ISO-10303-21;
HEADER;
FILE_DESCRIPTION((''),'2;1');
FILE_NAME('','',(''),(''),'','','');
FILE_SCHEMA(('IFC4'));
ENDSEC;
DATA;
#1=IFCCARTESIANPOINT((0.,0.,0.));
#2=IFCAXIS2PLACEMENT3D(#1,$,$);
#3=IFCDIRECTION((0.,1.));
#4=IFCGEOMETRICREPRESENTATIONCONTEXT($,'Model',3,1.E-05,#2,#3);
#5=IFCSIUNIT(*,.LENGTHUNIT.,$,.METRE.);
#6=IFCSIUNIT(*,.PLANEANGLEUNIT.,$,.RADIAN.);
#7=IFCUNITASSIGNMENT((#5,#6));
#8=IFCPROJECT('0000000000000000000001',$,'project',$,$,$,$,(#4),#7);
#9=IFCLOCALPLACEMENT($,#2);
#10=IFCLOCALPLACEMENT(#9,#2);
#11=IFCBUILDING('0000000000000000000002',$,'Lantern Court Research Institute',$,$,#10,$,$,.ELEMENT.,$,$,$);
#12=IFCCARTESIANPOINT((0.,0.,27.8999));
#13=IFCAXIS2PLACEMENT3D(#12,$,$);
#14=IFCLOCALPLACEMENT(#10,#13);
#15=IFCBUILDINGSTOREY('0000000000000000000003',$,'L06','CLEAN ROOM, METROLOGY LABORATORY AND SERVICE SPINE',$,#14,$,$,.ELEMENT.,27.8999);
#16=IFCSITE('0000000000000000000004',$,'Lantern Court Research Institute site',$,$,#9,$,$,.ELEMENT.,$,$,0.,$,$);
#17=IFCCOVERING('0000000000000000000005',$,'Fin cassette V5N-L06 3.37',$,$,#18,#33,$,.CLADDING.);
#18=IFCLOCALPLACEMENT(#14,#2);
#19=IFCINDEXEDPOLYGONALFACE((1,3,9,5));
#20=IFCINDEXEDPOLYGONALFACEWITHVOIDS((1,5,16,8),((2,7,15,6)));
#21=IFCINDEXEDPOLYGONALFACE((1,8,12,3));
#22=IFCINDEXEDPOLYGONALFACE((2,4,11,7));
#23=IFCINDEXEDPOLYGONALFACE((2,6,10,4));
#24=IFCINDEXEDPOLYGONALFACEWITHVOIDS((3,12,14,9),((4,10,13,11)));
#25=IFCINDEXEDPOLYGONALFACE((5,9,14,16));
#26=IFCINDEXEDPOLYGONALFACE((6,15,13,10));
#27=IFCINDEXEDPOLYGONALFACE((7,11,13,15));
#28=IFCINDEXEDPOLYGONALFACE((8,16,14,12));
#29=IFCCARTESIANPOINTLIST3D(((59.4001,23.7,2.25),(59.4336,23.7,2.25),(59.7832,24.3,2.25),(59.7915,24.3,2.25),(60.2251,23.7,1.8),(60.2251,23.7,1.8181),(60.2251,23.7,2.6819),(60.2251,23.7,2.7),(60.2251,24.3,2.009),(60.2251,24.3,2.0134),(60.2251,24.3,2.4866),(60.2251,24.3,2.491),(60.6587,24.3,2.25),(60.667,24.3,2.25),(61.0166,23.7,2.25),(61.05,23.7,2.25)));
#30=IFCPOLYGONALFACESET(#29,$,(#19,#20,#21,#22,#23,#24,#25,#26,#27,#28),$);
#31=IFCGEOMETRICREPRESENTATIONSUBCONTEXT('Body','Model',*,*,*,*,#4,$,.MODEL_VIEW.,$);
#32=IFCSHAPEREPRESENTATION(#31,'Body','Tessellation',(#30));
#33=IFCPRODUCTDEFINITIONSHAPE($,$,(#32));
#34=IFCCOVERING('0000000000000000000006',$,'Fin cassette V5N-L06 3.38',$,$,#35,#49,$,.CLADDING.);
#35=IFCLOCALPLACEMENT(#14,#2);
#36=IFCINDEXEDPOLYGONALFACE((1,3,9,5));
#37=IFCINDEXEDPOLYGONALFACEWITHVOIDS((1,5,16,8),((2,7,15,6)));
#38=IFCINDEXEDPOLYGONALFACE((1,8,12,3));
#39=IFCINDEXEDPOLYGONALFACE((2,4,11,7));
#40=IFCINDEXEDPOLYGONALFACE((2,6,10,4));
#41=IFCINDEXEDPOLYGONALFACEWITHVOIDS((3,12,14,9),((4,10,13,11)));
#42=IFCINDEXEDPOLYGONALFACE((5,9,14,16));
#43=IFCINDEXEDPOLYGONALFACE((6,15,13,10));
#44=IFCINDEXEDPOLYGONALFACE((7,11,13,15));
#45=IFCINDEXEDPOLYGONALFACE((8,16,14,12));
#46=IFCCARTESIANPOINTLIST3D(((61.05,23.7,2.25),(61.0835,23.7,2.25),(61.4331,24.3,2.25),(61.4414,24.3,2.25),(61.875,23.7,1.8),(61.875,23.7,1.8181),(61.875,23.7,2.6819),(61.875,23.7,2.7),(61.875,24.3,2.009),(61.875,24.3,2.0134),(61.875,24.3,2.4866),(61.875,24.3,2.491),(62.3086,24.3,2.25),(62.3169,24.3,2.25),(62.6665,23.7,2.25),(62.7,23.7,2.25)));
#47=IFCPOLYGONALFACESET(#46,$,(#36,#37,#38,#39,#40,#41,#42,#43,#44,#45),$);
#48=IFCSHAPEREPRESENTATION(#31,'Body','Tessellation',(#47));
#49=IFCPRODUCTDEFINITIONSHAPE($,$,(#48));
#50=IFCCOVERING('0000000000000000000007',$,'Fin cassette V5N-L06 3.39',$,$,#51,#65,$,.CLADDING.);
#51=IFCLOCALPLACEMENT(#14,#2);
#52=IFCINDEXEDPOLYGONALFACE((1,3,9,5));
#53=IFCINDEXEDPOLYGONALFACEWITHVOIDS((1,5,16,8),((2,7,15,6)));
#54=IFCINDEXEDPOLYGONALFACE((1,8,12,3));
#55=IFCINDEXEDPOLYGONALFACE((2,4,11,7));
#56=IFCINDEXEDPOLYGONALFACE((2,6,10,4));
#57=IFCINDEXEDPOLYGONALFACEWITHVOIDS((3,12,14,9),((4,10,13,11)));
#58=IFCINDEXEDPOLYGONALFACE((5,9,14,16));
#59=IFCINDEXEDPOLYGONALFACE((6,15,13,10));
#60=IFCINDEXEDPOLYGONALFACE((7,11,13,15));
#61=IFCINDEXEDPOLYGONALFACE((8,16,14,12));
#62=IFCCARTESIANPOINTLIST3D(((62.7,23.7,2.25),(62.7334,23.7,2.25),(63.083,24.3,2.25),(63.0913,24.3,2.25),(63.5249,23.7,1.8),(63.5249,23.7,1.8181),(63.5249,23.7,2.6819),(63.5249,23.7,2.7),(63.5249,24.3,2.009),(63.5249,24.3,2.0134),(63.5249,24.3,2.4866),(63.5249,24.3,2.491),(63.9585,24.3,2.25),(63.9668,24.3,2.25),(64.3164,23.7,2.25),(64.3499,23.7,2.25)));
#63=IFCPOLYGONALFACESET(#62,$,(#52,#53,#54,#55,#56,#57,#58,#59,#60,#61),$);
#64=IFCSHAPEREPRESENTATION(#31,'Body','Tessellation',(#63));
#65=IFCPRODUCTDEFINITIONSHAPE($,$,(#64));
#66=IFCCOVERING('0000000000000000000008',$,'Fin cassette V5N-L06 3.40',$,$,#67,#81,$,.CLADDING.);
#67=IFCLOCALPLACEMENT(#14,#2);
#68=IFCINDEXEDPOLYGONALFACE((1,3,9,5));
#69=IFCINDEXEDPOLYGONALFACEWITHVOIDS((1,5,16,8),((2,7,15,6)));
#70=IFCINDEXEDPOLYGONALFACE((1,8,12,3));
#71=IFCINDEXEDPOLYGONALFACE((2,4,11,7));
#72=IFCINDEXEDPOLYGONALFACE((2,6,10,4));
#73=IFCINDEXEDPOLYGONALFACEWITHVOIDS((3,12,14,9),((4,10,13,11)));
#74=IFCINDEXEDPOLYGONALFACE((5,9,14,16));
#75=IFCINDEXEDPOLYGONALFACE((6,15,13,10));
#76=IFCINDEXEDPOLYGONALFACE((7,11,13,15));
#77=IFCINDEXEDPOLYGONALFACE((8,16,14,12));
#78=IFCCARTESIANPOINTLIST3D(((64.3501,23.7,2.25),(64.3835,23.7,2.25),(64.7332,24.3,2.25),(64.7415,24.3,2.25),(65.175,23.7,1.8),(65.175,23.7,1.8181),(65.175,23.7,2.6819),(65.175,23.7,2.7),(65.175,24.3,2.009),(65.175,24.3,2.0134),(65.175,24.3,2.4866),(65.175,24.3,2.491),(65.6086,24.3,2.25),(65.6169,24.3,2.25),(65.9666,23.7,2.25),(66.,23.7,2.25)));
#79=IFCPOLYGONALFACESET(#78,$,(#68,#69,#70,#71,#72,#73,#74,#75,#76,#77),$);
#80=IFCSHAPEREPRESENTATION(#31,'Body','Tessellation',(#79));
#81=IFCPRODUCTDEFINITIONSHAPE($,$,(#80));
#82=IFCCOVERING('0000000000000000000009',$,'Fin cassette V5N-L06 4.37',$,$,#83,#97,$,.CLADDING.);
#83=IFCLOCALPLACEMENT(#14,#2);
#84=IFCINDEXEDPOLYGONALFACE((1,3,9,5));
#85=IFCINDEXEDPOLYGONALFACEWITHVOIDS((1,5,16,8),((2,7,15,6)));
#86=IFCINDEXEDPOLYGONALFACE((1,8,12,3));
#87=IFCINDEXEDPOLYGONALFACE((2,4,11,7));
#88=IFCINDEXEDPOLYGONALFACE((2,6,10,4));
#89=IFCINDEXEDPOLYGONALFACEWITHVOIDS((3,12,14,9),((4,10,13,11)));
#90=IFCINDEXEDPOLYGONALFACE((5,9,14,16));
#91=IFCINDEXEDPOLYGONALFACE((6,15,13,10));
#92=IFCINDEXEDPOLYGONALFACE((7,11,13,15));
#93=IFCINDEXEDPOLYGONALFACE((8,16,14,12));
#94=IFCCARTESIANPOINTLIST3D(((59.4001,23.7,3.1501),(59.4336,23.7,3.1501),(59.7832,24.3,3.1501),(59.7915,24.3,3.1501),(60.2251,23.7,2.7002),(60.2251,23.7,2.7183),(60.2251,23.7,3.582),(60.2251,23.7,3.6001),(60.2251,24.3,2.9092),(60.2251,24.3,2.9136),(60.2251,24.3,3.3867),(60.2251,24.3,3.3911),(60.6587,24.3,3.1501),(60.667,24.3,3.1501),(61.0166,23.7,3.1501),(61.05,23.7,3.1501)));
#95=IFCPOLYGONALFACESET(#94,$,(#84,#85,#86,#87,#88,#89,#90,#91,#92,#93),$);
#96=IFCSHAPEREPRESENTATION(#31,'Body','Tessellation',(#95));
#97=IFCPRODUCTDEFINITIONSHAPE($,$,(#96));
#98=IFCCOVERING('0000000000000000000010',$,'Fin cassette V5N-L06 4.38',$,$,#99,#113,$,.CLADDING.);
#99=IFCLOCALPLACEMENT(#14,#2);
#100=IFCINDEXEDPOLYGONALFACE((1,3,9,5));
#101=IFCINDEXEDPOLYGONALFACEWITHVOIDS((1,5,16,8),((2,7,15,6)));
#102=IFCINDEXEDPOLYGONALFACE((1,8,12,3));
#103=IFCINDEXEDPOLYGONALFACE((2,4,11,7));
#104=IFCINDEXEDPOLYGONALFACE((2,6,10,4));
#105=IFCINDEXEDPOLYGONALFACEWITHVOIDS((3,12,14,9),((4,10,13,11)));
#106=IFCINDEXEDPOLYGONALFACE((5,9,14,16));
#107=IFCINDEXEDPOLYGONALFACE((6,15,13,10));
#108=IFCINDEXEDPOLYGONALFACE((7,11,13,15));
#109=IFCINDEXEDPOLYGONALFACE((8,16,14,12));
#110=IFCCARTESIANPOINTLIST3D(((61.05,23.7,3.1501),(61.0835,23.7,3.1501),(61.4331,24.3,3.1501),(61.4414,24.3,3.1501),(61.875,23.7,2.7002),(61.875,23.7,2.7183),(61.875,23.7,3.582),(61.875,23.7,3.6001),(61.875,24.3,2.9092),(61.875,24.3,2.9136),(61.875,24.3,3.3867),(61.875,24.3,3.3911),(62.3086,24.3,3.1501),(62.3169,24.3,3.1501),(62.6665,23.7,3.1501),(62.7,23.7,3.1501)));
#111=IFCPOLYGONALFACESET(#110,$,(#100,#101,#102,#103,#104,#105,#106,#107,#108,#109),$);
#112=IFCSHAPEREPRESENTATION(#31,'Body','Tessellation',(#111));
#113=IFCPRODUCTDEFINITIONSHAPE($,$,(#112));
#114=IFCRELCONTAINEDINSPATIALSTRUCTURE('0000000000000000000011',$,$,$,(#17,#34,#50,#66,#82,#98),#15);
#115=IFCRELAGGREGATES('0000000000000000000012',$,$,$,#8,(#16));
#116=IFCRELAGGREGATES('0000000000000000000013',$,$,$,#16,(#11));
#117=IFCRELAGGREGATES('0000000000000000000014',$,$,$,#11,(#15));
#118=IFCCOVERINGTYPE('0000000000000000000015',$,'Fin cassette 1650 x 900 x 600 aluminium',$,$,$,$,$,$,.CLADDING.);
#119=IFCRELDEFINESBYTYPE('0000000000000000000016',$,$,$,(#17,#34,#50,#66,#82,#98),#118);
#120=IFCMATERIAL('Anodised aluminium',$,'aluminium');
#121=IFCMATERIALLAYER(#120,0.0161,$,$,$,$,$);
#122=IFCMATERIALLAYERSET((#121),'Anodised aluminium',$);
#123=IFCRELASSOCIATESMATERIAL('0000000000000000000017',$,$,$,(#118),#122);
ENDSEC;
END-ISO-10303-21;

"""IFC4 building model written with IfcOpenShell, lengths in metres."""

from ifc_helpers import new_model, entity, si_unit, direction, frame, origin, place, context, subcontext, project, spatial, material, layer, layer_set, type_object, element, save


model = new_model("IFC4")

# Units and contexts
model_context = context("Model", 3, precision=1e-05, world=origin(), true_north=direction((0.0, 1.0)))
body_context = subcontext(model_context, "Body", "Model", "MODEL_VIEW")
ifc_project = project(units=[si_unit("LENGTHUNIT", "METRE"), si_unit("PLANEANGLEUNIT", "RADIAN")], contexts=[model_context])

# Site, building, storey
site_placement = place(None, origin())
site = spatial("IfcSite", under=ifc_project, at=site_placement, Name="Lantern Court Research Institute site", CompositionType="ELEMENT", RefElevation=0.0)
building_placement = place(site_placement, origin())
building = spatial("IfcBuilding", under=site, at=building_placement, Name="Lantern Court Research Institute", CompositionType="ELEMENT")
storey_placement = place(building_placement, frame((0.0, 0.0, 27.8999)))
storey = spatial("IfcBuildingStorey", under=building, at=storey_placement, Name="L06", Description="CLEAN ROOM, METROLOGY LABORATORY AND SERVICE SPINE", CompositionType="ELEMENT", Elevation=27.8999)

# Coverings
ifc_material_1 = material(Name="Anodised aluminium", Category="aluminium")
ifc_layer_1 = layer(ifc_material_1, 0.0161)
ifc_layer_set_1 = layer_set([ifc_layer_1], Name="Anodised aluminium")
covering_type = type_object("IfcCoveringType", Name="Fin cassette 1650 x 900 x 600 aluminium", PredefinedType="CLADDING", material=ifc_layer_set_1)
covering_1_placement = place(storey_placement, frame((60.2251, 23.7, 2.25), z_axis=(0.0, 1.0, 0.0), x_axis=(-1.0, 0.0, 0.0)))
cartesian_point_1 = entity("IfcCartesianPoint", [0.825, 0.0])
cartesian_point_2 = entity("IfcCartesianPoint", [0.7915, 0.0])
cartesian_point_3 = entity("IfcCartesianPoint", [0.4419, 0.0])
cartesian_point_4 = entity("IfcCartesianPoint", [0.4336, 0.0])
element("IfcCovering", 1, at=covering_1_placement, inside=storey, type_object=covering_type, Name="Fin cassette V5N-L06 3.37", PredefinedType="CLADDING", context=body_context, shape_type="SweptSolid", body=[
    entity("IfcExtrudedAreaSolidTapered", entity("IfcArbitraryProfileDefWithVoids", "AREA", None, entity("IfcPolyline", [cartesian_point_1, entity("IfcCartesianPoint", [0.0, 0.45]), entity("IfcCartesianPoint", [-0.825, 0.0]), entity("IfcCartesianPoint", [0.0, -0.45]), cartesian_point_1]), [entity("IfcPolyline", [cartesian_point_2, entity("IfcCartesianPoint", [0.0, 0.4319]), entity("IfcCartesianPoint", [-0.7915, 0.0]), entity("IfcCartesianPoint", [0.0, -0.4319]), cartesian_point_2])]), entity("IfcAxis2Placement3D", entity("IfcCartesianPoint", [0.0, 0.0, 0.0])), entity("IfcDirection", [0.0, 0.0, 1.0]), 0.6001, entity("IfcArbitraryProfileDefWithVoids", "AREA", None, entity("IfcPolyline", [cartesian_point_3, entity("IfcCartesianPoint", [0.0, 0.241]), entity("IfcCartesianPoint", [-0.4419, 0.0]), entity("IfcCartesianPoint", [0.0, -0.241]), cartesian_point_3]), [entity("IfcPolyline", [cartesian_point_4, entity("IfcCartesianPoint", [0.0, 0.2366]), entity("IfcCartesianPoint", [-0.4336, 0.0]), entity("IfcCartesianPoint", [0.0, -0.2366]), cartesian_point_4])])),
])
covering_2_placement = place(storey_placement, frame((61.875, 23.7, 2.25), z_axis=(0.0, 1.0, 0.0), x_axis=(-1.0, 0.0, 0.0)))
cartesian_point_5 = entity("IfcCartesianPoint", [0.825, 0.0])
cartesian_point_6 = entity("IfcCartesianPoint", [0.7915, 0.0])
cartesian_point_7 = entity("IfcCartesianPoint", [0.4419, 0.0])
cartesian_point_8 = entity("IfcCartesianPoint", [0.4336, 0.0])
element("IfcCovering", 2, at=covering_2_placement, inside=storey, type_object=covering_type, Name="Fin cassette V5N-L06 3.38", PredefinedType="CLADDING", context=body_context, shape_type="SweptSolid", body=[
    entity("IfcExtrudedAreaSolidTapered", entity("IfcArbitraryProfileDefWithVoids", "AREA", None, entity("IfcPolyline", [cartesian_point_5, entity("IfcCartesianPoint", [0.0, 0.45]), entity("IfcCartesianPoint", [-0.825, 0.0]), entity("IfcCartesianPoint", [0.0, -0.45]), cartesian_point_5]), [entity("IfcPolyline", [cartesian_point_6, entity("IfcCartesianPoint", [0.0, 0.4319]), entity("IfcCartesianPoint", [-0.7915, 0.0]), entity("IfcCartesianPoint", [0.0, -0.4319]), cartesian_point_6])]), entity("IfcAxis2Placement3D", entity("IfcCartesianPoint", [0.0, 0.0, 0.0])), entity("IfcDirection", [0.0, 0.0, 1.0]), 0.6001, entity("IfcArbitraryProfileDefWithVoids", "AREA", None, entity("IfcPolyline", [cartesian_point_7, entity("IfcCartesianPoint", [0.0, 0.241]), entity("IfcCartesianPoint", [-0.4419, 0.0]), entity("IfcCartesianPoint", [0.0, -0.241]), cartesian_point_7]), [entity("IfcPolyline", [cartesian_point_8, entity("IfcCartesianPoint", [0.0, 0.2366]), entity("IfcCartesianPoint", [-0.4336, 0.0]), entity("IfcCartesianPoint", [0.0, -0.2366]), cartesian_point_8])])),
])
covering_3_placement = place(storey_placement, frame((63.5249, 23.7, 2.25), z_axis=(0.0, 1.0, 0.0), x_axis=(-1.0, 0.0, 0.0)))
cartesian_point_9 = entity("IfcCartesianPoint", [0.825, 0.0])
cartesian_point_10 = entity("IfcCartesianPoint", [0.7915, 0.0])
cartesian_point_11 = entity("IfcCartesianPoint", [0.4419, 0.0])
cartesian_point_12 = entity("IfcCartesianPoint", [0.4336, 0.0])
element("IfcCovering", 3, at=covering_3_placement, inside=storey, type_object=covering_type, Name="Fin cassette V5N-L06 3.39", PredefinedType="CLADDING", context=body_context, shape_type="SweptSolid", body=[
    entity("IfcExtrudedAreaSolidTapered", entity("IfcArbitraryProfileDefWithVoids", "AREA", None, entity("IfcPolyline", [cartesian_point_9, entity("IfcCartesianPoint", [0.0, 0.45]), entity("IfcCartesianPoint", [-0.825, 0.0]), entity("IfcCartesianPoint", [0.0, -0.45]), cartesian_point_9]), [entity("IfcPolyline", [cartesian_point_10, entity("IfcCartesianPoint", [0.0, 0.4319]), entity("IfcCartesianPoint", [-0.7915, 0.0]), entity("IfcCartesianPoint", [0.0, -0.4319]), cartesian_point_10])]), entity("IfcAxis2Placement3D", entity("IfcCartesianPoint", [0.0, 0.0, 0.0])), entity("IfcDirection", [0.0, 0.0, 1.0]), 0.6001, entity("IfcArbitraryProfileDefWithVoids", "AREA", None, entity("IfcPolyline", [cartesian_point_11, entity("IfcCartesianPoint", [0.0, 0.241]), entity("IfcCartesianPoint", [-0.4419, 0.0]), entity("IfcCartesianPoint", [0.0, -0.241]), cartesian_point_11]), [entity("IfcPolyline", [cartesian_point_12, entity("IfcCartesianPoint", [0.0, 0.2366]), entity("IfcCartesianPoint", [-0.4336, 0.0]), entity("IfcCartesianPoint", [0.0, -0.2366]), cartesian_point_12])])),
])
covering_4_placement = place(storey_placement, frame((65.175, 23.7, 2.25), z_axis=(0.0, 1.0, 0.0), x_axis=(-1.0, 0.0, 0.0)))
cartesian_point_13 = entity("IfcCartesianPoint", [0.825, 0.0])
cartesian_point_14 = entity("IfcCartesianPoint", [0.7915, 0.0])
cartesian_point_15 = entity("IfcCartesianPoint", [0.4419, 0.0])
cartesian_point_16 = entity("IfcCartesianPoint", [0.4336, 0.0])
element("IfcCovering", 4, at=covering_4_placement, inside=storey, type_object=covering_type, Name="Fin cassette V5N-L06 3.40", PredefinedType="CLADDING", context=body_context, shape_type="SweptSolid", body=[
    entity("IfcExtrudedAreaSolidTapered", entity("IfcArbitraryProfileDefWithVoids", "AREA", None, entity("IfcPolyline", [cartesian_point_13, entity("IfcCartesianPoint", [0.0, 0.45]), entity("IfcCartesianPoint", [-0.825, 0.0]), entity("IfcCartesianPoint", [0.0, -0.45]), cartesian_point_13]), [entity("IfcPolyline", [cartesian_point_14, entity("IfcCartesianPoint", [0.0, 0.4319]), entity("IfcCartesianPoint", [-0.7915, 0.0]), entity("IfcCartesianPoint", [0.0, -0.4319]), cartesian_point_14])]), entity("IfcAxis2Placement3D", entity("IfcCartesianPoint", [0.0, 0.0, 0.0])), entity("IfcDirection", [0.0, 0.0, 1.0]), 0.6001, entity("IfcArbitraryProfileDefWithVoids", "AREA", None, entity("IfcPolyline", [cartesian_point_15, entity("IfcCartesianPoint", [0.0, 0.241]), entity("IfcCartesianPoint", [-0.4419, 0.0]), entity("IfcCartesianPoint", [0.0, -0.241]), cartesian_point_15]), [entity("IfcPolyline", [cartesian_point_16, entity("IfcCartesianPoint", [0.0, 0.2366]), entity("IfcCartesianPoint", [-0.4336, 0.0]), entity("IfcCartesianPoint", [0.0, -0.2366]), cartesian_point_16])])),
])
covering_5_placement = place(storey_placement, frame((60.2251, 23.7, 3.1501), z_axis=(0.0, 1.0, 0.0), x_axis=(-1.0, 0.0, 0.0)))
cartesian_point_17 = entity("IfcCartesianPoint", [0.825, 0.0])
cartesian_point_18 = entity("IfcCartesianPoint", [0.7915, 0.0])
cartesian_point_19 = entity("IfcCartesianPoint", [0.4419, 0.0])
cartesian_point_20 = entity("IfcCartesianPoint", [0.4336, 0.0])
element("IfcCovering", 5, at=covering_5_placement, inside=storey, type_object=covering_type, Name="Fin cassette V5N-L06 4.37", PredefinedType="CLADDING", context=body_context, shape_type="SweptSolid", body=[
    entity("IfcExtrudedAreaSolidTapered", entity("IfcArbitraryProfileDefWithVoids", "AREA", None, entity("IfcPolyline", [cartesian_point_17, entity("IfcCartesianPoint", [0.0, 0.45]), entity("IfcCartesianPoint", [-0.825, 0.0]), entity("IfcCartesianPoint", [0.0, -0.45]), cartesian_point_17]), [entity("IfcPolyline", [cartesian_point_18, entity("IfcCartesianPoint", [0.0, 0.4319]), entity("IfcCartesianPoint", [-0.7915, 0.0]), entity("IfcCartesianPoint", [0.0, -0.4319]), cartesian_point_18])]), entity("IfcAxis2Placement3D", entity("IfcCartesianPoint", [0.0, 0.0, 0.0])), entity("IfcDirection", [0.0, 0.0, 1.0]), 0.6001, entity("IfcArbitraryProfileDefWithVoids", "AREA", None, entity("IfcPolyline", [cartesian_point_19, entity("IfcCartesianPoint", [0.0, 0.241]), entity("IfcCartesianPoint", [-0.4419, 0.0]), entity("IfcCartesianPoint", [0.0, -0.241]), cartesian_point_19]), [entity("IfcPolyline", [cartesian_point_20, entity("IfcCartesianPoint", [0.0, 0.2366]), entity("IfcCartesianPoint", [-0.4336, 0.0]), entity("IfcCartesianPoint", [0.0, -0.2366]), cartesian_point_20])])),
])
covering_6_placement = place(storey_placement, frame((61.875, 23.7, 3.1501), z_axis=(0.0, 1.0, 0.0), x_axis=(-1.0, 0.0, 0.0)))
cartesian_point_21 = entity("IfcCartesianPoint", [0.825, 0.0])
cartesian_point_22 = entity("IfcCartesianPoint", [0.7915, 0.0])
cartesian_point_23 = entity("IfcCartesianPoint", [0.4419, 0.0])
cartesian_point_24 = entity("IfcCartesianPoint", [0.4336, 0.0])
element("IfcCovering", 6, at=covering_6_placement, inside=storey, type_object=covering_type, Name="Fin cassette V5N-L06 4.38", PredefinedType="CLADDING", context=body_context, shape_type="SweptSolid", body=[
    entity("IfcExtrudedAreaSolidTapered", entity("IfcArbitraryProfileDefWithVoids", "AREA", None, entity("IfcPolyline", [cartesian_point_21, entity("IfcCartesianPoint", [0.0, 0.45]), entity("IfcCartesianPoint", [-0.825, 0.0]), entity("IfcCartesianPoint", [0.0, -0.45]), cartesian_point_21]), [entity("IfcPolyline", [cartesian_point_22, entity("IfcCartesianPoint", [0.0, 0.4319]), entity("IfcCartesianPoint", [-0.7915, 0.0]), entity("IfcCartesianPoint", [0.0, -0.4319]), cartesian_point_22])]), entity("IfcAxis2Placement3D", entity("IfcCartesianPoint", [0.0, 0.0, 0.0])), entity("IfcDirection", [0.0, 0.0, 1.0]), 0.6001, entity("IfcArbitraryProfileDefWithVoids", "AREA", None, entity("IfcPolyline", [cartesian_point_23, entity("IfcCartesianPoint", [0.0, 0.241]), entity("IfcCartesianPoint", [-0.4419, 0.0]), entity("IfcCartesianPoint", [0.0, -0.241]), cartesian_point_23]), [entity("IfcPolyline", [cartesian_point_24, entity("IfcCartesianPoint", [0.0, 0.2366]), entity("IfcCartesianPoint", [-0.4336, 0.0]), entity("IfcCartesianPoint", [0.0, -0.2366]), cartesian_point_24])])),
])

save(model, "model.ifc")
